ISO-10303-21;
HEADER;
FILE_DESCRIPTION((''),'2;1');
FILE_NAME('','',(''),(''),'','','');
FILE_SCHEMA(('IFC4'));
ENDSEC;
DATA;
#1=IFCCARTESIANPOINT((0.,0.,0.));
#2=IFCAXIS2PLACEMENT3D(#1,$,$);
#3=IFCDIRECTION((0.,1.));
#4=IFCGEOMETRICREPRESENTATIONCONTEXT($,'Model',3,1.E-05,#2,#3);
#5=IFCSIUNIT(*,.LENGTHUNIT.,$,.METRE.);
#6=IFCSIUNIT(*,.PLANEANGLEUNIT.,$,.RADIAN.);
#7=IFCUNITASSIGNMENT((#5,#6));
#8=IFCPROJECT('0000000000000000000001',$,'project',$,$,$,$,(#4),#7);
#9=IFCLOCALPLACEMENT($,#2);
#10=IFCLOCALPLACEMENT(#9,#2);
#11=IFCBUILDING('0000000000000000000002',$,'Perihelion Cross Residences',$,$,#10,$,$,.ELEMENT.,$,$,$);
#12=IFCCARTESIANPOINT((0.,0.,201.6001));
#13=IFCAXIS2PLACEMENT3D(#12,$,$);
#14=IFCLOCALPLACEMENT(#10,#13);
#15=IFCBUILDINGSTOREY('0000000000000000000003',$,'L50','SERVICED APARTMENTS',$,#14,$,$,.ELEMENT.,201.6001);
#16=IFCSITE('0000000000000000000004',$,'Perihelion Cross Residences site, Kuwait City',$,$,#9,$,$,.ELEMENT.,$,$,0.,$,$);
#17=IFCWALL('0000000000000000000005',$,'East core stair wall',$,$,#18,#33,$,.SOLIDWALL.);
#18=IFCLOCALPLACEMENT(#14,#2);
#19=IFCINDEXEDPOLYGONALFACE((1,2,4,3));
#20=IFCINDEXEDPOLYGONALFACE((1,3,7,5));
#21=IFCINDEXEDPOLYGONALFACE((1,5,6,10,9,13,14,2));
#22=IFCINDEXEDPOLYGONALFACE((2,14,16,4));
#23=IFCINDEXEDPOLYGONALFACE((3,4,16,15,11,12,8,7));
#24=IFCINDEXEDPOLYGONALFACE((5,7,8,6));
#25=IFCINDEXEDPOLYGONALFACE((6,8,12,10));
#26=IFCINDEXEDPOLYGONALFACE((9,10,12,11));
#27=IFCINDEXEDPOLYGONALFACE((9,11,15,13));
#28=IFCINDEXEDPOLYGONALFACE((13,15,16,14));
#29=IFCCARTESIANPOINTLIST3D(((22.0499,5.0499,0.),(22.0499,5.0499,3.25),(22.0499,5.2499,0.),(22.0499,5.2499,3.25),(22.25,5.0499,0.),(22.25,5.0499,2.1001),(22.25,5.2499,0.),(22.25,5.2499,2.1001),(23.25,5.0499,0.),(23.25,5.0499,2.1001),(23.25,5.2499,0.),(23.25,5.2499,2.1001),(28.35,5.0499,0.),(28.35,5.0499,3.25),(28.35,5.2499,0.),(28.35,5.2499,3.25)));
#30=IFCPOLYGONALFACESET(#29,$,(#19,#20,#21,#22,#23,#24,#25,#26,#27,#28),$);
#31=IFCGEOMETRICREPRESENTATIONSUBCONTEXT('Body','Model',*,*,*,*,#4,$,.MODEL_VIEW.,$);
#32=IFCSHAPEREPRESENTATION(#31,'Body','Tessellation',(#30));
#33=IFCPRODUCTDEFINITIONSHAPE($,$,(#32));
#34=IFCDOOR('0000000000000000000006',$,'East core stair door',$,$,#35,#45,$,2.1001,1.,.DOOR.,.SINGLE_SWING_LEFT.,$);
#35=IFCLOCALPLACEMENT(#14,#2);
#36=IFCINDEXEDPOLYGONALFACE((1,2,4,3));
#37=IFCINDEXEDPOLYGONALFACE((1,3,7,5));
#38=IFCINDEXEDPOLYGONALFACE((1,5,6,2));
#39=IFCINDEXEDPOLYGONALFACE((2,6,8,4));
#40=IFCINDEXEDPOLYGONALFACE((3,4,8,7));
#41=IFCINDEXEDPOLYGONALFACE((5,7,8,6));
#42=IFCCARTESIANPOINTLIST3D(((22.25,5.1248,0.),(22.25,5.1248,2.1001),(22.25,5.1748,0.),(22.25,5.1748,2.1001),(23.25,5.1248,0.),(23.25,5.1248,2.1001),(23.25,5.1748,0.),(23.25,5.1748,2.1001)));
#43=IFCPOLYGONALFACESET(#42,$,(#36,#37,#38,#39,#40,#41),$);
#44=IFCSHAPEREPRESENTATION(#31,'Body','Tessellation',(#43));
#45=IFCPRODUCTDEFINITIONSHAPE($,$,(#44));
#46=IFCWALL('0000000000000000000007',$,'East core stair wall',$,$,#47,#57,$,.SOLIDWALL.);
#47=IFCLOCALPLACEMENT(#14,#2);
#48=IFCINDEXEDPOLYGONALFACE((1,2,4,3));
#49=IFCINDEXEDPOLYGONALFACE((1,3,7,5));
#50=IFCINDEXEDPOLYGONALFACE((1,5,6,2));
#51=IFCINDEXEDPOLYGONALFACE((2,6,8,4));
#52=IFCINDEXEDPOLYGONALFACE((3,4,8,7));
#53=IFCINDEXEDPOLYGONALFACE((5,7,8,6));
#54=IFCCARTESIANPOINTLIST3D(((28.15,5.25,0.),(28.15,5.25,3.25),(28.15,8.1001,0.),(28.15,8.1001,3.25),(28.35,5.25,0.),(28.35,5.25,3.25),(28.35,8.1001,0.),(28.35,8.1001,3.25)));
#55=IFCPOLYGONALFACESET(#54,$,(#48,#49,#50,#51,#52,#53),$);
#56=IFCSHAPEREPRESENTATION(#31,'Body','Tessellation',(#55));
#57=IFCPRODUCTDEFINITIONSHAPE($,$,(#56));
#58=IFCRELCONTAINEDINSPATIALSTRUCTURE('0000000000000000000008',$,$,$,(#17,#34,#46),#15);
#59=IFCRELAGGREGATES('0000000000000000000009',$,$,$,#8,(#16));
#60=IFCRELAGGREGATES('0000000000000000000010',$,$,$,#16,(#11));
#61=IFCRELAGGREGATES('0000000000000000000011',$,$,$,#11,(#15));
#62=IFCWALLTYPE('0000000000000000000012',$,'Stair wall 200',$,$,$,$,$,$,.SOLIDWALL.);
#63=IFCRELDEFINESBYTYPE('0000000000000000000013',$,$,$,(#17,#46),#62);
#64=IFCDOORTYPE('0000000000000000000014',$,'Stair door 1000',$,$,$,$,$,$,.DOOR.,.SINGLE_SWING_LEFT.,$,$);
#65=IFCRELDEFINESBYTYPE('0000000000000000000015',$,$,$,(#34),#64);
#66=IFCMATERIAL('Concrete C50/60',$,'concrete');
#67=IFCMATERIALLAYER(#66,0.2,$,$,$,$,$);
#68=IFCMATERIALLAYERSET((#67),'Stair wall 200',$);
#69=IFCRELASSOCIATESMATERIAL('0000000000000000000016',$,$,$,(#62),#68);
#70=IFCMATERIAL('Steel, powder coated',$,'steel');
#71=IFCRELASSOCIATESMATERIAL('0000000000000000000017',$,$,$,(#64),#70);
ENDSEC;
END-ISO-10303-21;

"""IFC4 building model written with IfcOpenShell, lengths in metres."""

from ifc_helpers import new_model, si_unit, direction, frame, frame_2d, origin, place, context, subcontext, project, spatial, rectangle, extrude, material, layer, layer_set, type_object, element, fill, save


model = new_model("IFC4")

# Units and contexts
model_context = context("Model", 3, precision=1e-05, world=origin(), true_north=direction((0.0, 1.0)))
body_context = subcontext(model_context, "Body", "Model", "MODEL_VIEW")
ifc_project = project(units=[si_unit("LENGTHUNIT", "METRE"), si_unit("PLANEANGLEUNIT", "RADIAN")], contexts=[model_context])

# Site, building, storey
site_placement = place(None, origin())
site = spatial("IfcSite", under=ifc_project, at=site_placement, Name="Perihelion Cross Residences site, Kuwait City", CompositionType="ELEMENT", RefElevation=0.0)
building_placement = place(site_placement, origin())
building = spatial("IfcBuilding", under=site, at=building_placement, Name="Perihelion Cross Residences", CompositionType="ELEMENT")
storey_placement = place(building_placement, frame((0.0, 0.0, 201.6001)))
storey = spatial("IfcBuildingStorey", under=building, at=storey_placement, Name="L50", Description="SERVICED APARTMENTS", CompositionType="ELEMENT", Elevation=201.6001)

# Wall, opening, door
ifc_material_1 = material(Name="Concrete C50/60", Category="concrete")
ifc_layer_1 = layer(ifc_material_1, 0.2)
ifc_layer_set_1 = layer_set([ifc_layer_1], Name="Stair wall 200")
wall_type_1 = type_object("IfcWallType", Name="Stair wall 200", PredefinedType="SOLIDWALL", material=ifc_layer_set_1)
wall_1_placement = place(storey_placement, frame((22.05, 5.1499, 0.0), z_axis=(0.0, 0.0, 1.0), x_axis=(1.0, 0.0, 0.0)))
wall_1 = element("IfcWall", 1, at=wall_1_placement, inside=storey, type_object=wall_type_1, Name="East core stair wall", PredefinedType="SOLIDWALL", context=body_context, shape_type="SweptSolid", body=[
    extrude(rectangle(XDim=6.3, YDim=0.2, at=frame_2d((3.1499, 0.0))), origin(), (0.0, 0.0, 1.0), 3.25),
])
opening_1_placement = place(wall_1_placement, frame((0.2, 0.0, 0.0)))
opening_1 = element("IfcOpeningElement", 2, at=opening_1_placement, cuts=wall_1, PredefinedType="OPENING", context=body_context, shape_type="SweptSolid", body=[
    extrude(rectangle(XDim=1.0, YDim=2.1001, at=frame_2d((0.5, 1.05))), frame((0.0, 0.1099, 0.0), z_axis=(0.0, -1.0, 0.0), x_axis=(1.0, 0.0, 0.0)), (0.0, 0.0, 1.0), 0.22),
])
ifc_material_2 = material(Name="Steel, powder coated", Category="steel")
door_type_1 = type_object("IfcDoorType", Name="Stair door 1000", OperationType="SINGLE_SWING_LEFT", PredefinedType="DOOR", material=ifc_material_2)
door_1_placement = place(opening_1_placement, origin())
door_1 = element("IfcDoor", 3, at=door_1_placement, inside=storey, type_object=door_type_1, Name="East core stair door", OperationType="SINGLE_SWING_LEFT", OverallHeight=2.1001, OverallWidth=1.0, PredefinedType="DOOR", context=body_context, shape_type="SweptSolid", body=[
    extrude(rectangle(XDim=1.0, YDim=2.1001, at=frame_2d((0.5, 1.05))), frame((0.0, 0.0249, 0.0), z_axis=(0.0, -1.0, 0.0), x_axis=(1.0, 0.0, 0.0)), (0.0, 0.0, 1.0), 0.05),
])
fill(opening_1, door_1)

# Wall
wall_2_placement = place(storey_placement, frame((28.25, 5.25, 0.0), z_axis=(0.0, 0.0, 1.0), x_axis=(0.0, 1.0, 0.0)))
element("IfcWall", 4, at=wall_2_placement, inside=storey, type_object=wall_type_1, Name="East core stair wall", PredefinedType="SOLIDWALL", context=body_context, shape_type="SweptSolid", body=[
    extrude(rectangle(XDim=2.8501, YDim=0.2, at=frame_2d((1.425, 0.0))), origin(), (0.0, 0.0, 1.0), 3.25),
])

save(model, "model.ifc")
